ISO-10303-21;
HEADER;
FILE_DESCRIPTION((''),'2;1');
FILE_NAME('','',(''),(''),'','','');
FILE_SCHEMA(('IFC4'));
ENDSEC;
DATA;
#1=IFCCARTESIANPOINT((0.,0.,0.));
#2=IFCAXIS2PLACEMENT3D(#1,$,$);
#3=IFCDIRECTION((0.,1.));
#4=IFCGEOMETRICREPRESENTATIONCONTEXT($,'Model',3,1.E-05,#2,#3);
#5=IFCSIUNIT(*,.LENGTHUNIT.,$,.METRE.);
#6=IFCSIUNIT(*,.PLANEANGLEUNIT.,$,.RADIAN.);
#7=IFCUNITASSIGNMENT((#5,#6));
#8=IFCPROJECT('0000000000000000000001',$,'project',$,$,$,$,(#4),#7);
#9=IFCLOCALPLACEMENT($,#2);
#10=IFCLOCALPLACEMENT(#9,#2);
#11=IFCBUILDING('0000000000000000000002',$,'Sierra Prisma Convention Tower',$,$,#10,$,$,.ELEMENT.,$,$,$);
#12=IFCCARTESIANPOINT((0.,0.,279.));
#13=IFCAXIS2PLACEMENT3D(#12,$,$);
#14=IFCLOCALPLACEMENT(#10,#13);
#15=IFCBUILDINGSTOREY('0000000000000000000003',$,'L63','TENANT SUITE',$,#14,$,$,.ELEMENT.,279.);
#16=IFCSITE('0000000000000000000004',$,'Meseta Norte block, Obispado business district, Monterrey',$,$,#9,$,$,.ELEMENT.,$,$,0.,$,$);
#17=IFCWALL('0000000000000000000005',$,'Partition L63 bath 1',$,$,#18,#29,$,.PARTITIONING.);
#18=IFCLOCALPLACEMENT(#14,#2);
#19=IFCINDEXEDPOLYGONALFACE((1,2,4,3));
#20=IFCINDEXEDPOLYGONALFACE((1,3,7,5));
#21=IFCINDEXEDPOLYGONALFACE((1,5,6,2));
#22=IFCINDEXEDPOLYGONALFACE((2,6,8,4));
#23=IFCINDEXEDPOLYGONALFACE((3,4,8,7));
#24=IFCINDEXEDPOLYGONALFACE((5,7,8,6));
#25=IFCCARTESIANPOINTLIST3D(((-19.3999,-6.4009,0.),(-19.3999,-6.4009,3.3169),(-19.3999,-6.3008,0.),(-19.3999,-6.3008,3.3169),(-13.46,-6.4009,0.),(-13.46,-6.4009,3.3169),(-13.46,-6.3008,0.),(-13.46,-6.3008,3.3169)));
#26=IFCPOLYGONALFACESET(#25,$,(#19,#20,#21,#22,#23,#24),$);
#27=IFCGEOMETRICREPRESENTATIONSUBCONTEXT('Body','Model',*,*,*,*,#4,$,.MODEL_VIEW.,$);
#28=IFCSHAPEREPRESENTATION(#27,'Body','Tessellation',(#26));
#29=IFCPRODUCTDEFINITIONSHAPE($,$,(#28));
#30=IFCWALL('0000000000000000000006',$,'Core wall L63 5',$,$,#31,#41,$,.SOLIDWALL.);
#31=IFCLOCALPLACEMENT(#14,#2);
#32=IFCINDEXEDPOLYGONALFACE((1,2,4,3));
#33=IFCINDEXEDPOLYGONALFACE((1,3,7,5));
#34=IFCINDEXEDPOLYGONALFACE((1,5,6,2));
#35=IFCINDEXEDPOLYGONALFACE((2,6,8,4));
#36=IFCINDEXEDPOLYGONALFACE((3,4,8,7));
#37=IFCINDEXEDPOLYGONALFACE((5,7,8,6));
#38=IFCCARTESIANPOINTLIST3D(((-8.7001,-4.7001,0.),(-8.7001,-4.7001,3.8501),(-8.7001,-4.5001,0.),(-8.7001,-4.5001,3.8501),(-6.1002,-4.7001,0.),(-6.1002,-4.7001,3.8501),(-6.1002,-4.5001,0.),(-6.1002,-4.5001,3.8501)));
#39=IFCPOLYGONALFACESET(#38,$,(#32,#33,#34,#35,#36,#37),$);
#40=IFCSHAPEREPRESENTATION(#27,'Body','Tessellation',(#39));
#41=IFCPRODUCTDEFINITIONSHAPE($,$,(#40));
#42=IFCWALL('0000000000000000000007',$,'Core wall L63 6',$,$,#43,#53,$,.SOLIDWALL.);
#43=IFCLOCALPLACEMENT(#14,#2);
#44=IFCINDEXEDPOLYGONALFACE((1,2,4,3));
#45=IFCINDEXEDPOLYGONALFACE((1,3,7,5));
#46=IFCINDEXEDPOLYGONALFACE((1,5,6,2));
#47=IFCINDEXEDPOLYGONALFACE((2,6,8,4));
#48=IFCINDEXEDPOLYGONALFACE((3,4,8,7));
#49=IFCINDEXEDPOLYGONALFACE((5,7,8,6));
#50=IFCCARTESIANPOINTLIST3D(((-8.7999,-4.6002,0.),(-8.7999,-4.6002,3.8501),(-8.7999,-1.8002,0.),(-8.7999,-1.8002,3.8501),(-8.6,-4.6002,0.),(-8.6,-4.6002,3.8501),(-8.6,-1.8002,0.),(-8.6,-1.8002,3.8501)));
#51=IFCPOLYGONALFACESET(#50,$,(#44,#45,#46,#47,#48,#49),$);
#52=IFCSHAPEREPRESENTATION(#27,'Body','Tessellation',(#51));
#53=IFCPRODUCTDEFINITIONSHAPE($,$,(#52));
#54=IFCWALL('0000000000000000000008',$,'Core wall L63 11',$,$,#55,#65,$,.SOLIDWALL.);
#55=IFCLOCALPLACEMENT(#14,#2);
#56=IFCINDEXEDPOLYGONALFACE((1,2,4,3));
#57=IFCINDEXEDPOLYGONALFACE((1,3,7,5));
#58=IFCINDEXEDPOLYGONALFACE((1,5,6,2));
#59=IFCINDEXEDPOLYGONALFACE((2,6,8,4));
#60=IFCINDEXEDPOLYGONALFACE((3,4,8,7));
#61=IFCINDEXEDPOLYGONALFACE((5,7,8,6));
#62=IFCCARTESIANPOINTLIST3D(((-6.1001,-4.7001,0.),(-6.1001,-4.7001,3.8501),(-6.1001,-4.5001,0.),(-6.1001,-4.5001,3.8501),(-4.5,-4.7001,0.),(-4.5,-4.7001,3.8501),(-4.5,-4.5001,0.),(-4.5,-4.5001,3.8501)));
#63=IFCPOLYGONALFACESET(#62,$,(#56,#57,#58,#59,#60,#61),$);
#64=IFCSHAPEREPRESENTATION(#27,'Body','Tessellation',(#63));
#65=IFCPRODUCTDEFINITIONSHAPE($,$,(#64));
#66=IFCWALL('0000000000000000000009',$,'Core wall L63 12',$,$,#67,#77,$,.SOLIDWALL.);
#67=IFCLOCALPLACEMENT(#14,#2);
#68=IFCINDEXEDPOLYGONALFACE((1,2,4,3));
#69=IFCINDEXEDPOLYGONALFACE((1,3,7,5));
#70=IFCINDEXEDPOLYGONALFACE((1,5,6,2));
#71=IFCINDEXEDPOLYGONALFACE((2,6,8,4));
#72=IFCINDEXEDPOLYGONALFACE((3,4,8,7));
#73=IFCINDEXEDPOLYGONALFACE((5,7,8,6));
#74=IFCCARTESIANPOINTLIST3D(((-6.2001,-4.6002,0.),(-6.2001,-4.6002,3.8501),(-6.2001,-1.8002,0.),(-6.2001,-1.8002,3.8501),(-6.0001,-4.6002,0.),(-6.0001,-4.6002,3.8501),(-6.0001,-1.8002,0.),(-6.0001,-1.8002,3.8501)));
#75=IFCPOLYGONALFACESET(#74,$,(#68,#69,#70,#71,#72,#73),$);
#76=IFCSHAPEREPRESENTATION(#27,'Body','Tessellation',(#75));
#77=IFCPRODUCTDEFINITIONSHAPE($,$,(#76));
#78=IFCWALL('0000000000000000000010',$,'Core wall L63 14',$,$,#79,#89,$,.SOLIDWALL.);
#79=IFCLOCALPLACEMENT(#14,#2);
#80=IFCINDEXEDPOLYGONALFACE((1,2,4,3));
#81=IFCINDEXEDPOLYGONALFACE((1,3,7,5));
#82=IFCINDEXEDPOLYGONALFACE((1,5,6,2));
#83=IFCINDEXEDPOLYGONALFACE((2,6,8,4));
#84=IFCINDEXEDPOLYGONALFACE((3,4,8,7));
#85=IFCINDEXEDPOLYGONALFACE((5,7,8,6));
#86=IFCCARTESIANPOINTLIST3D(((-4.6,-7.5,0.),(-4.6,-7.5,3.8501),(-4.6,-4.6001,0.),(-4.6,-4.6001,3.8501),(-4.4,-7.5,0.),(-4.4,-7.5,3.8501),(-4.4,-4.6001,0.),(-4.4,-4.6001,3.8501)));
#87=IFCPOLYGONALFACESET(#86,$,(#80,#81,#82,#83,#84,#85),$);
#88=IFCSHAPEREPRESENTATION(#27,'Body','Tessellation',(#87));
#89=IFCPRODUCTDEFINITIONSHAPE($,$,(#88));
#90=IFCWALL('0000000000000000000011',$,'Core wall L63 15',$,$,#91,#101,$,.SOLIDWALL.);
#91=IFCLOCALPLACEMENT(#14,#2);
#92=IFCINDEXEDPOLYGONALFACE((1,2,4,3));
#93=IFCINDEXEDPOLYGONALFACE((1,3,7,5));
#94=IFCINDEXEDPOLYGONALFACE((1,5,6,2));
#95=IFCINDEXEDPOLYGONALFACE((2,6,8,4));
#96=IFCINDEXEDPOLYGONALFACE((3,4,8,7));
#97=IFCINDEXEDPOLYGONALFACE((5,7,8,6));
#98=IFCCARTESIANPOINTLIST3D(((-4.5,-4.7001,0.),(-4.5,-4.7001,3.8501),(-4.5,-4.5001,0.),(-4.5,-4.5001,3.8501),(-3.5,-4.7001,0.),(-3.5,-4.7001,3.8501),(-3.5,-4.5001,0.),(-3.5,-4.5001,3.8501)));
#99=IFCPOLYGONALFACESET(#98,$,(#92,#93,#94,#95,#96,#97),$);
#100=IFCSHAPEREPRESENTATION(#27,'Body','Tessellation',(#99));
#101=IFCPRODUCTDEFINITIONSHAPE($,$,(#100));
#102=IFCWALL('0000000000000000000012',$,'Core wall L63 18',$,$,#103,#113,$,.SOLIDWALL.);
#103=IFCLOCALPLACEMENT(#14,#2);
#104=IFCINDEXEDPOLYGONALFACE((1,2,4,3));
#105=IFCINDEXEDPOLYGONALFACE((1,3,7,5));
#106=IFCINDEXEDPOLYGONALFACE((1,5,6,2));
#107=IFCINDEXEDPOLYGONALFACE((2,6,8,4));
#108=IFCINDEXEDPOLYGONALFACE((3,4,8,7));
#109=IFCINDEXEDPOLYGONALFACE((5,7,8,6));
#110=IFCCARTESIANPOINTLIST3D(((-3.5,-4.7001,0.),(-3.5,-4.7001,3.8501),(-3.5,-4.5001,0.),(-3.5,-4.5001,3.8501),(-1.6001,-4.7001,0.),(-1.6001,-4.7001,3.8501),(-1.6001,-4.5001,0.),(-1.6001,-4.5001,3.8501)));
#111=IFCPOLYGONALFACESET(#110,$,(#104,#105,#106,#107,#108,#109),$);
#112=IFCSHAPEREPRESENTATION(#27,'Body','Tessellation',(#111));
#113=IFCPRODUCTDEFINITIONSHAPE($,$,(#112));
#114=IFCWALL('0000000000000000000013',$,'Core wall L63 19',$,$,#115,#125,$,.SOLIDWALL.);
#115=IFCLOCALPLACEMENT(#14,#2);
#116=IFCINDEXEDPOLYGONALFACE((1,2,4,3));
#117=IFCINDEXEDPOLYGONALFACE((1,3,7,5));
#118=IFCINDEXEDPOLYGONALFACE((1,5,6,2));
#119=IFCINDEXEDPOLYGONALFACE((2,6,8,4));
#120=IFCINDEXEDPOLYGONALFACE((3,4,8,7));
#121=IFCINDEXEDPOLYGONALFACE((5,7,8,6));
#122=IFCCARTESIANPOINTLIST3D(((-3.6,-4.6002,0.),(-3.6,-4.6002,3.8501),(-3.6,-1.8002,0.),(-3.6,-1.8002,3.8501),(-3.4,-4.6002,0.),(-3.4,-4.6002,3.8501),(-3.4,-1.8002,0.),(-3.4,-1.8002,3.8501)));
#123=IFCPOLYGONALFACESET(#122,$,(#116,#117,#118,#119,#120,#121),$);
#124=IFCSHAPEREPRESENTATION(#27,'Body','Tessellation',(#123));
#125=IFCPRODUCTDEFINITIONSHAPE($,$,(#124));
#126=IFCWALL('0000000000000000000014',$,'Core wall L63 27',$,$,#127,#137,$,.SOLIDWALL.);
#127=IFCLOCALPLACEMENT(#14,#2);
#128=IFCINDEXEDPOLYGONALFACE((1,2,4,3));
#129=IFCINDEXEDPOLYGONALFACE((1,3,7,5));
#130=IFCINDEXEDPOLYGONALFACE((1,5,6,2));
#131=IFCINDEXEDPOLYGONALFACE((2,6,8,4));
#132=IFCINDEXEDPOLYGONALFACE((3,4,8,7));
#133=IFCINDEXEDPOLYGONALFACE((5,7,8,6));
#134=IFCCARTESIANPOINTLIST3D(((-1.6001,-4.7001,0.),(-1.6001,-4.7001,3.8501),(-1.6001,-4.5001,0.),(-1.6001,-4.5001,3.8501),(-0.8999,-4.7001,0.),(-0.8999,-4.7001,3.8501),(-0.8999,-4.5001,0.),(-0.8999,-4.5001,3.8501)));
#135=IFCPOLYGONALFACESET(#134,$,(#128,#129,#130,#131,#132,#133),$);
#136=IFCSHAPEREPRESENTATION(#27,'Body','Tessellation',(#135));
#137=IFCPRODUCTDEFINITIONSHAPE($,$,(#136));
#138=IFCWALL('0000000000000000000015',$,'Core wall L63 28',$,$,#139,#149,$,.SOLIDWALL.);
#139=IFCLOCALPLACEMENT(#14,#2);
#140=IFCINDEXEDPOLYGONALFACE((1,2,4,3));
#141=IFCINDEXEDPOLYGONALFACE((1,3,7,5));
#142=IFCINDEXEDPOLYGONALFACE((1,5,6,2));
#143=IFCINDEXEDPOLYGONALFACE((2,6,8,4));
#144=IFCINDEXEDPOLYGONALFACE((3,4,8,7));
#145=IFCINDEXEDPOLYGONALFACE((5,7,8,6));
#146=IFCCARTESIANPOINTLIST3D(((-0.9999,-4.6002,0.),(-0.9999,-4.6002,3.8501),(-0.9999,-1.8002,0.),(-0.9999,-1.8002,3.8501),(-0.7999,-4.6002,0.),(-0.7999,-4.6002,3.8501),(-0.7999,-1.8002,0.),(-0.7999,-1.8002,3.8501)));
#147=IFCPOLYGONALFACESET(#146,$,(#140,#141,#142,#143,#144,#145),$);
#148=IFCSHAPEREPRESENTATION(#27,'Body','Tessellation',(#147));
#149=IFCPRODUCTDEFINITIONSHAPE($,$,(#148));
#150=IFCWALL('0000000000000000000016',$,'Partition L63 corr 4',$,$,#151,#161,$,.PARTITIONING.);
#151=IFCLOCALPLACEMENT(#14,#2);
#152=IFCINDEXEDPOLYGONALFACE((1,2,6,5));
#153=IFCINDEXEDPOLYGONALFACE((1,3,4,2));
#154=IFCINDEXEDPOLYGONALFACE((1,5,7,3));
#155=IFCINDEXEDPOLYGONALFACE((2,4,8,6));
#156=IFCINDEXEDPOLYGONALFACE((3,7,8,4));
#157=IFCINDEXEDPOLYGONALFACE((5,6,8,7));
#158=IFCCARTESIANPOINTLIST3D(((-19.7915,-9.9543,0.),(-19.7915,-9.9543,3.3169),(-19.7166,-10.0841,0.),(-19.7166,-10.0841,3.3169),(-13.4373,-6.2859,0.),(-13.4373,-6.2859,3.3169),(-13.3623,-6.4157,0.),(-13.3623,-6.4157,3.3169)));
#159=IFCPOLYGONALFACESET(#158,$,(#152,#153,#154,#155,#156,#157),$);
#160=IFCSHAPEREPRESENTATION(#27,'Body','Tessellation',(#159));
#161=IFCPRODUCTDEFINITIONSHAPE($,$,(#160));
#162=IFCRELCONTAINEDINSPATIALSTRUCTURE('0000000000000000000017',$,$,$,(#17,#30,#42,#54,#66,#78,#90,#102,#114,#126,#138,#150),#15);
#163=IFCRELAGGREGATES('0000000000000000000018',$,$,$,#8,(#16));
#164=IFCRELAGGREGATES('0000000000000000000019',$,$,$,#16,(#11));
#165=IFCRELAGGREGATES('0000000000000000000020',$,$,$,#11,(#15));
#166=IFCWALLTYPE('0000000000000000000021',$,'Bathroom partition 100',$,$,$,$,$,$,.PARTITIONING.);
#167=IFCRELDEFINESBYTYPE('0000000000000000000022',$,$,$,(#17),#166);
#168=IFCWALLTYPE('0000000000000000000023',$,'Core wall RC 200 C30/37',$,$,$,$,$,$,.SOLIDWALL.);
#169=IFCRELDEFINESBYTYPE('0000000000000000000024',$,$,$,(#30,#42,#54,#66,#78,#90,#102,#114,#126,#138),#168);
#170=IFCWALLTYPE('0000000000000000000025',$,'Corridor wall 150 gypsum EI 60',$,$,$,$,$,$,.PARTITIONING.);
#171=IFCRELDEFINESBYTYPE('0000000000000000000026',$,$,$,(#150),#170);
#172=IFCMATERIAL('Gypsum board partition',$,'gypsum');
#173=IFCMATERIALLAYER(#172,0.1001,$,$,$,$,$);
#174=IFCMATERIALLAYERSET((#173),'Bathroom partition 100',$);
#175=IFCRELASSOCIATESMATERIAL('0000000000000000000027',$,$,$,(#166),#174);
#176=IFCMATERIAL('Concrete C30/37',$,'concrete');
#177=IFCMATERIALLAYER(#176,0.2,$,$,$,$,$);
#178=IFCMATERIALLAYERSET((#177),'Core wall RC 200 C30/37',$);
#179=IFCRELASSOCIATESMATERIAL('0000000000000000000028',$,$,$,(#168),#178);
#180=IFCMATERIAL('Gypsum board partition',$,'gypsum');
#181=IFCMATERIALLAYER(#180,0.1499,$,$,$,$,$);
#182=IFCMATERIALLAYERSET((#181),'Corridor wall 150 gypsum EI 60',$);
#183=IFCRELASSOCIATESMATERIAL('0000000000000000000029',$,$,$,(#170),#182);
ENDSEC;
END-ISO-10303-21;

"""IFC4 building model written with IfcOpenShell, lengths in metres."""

from ifc_helpers import new_model, si_unit, direction, frame, frame_2d, origin, place, context, subcontext, project, spatial, rectangle, extrude, material, layer, layer_set, type_object, element, save


model = new_model("IFC4")

# Units and contexts
model_context = context("Model", 3, precision=1e-05, world=origin(), true_north=direction((0.0, 1.0)))
body_context = subcontext(model_context, "Body", "Model", "MODEL_VIEW")
ifc_project = project(units=[si_unit("LENGTHUNIT", "METRE"), si_unit("PLANEANGLEUNIT", "RADIAN")], contexts=[model_context])

# Site, building, storey
site_placement = place(None, origin())
site = spatial("IfcSite", under=ifc_project, at=site_placement, Name="Meseta Norte block, Obispado business district, Monterrey", CompositionType="ELEMENT", RefElevation=0.0)
building_placement = place(site_placement, origin())
building = spatial("IfcBuilding", under=site, at=building_placement, Name="Sierra Prisma Convention Tower", CompositionType="ELEMENT")
storey_placement = place(building_placement, frame((0.0, 0.0, 279.0)))
storey = spatial("IfcBuildingStorey", under=building, at=storey_placement, Name="L63", Description="TENANT SUITE", CompositionType="ELEMENT", Elevation=279.0)

# Wall
ifc_material_1 = material(Name="Gypsum board partition", Category="gypsum")
ifc_layer_1 = layer(ifc_material_1, 0.1001)
ifc_layer_set_1 = layer_set([ifc_layer_1], Name="Bathroom partition 100")
wall_type_1 = type_object("IfcWallType", Name="Bathroom partition 100", PredefinedType="PARTITIONING", material=ifc_layer_set_1)
wall_1_placement = place(storey_placement, frame((-13.46, -6.3508, 0.0), z_axis=(0.0, 0.0, 1.0), x_axis=(-1.0, 0.0, 0.0)))
element("IfcWall", 1, at=wall_1_placement, inside=storey, type_object=wall_type_1, Name="Partition L63 bath 1", PredefinedType="PARTITIONING", context=body_context, shape_type="SweptSolid", body=[
    extrude(rectangle(XDim=5.9399, YDim=0.1001, at=frame_2d((2.97, 0.0))), origin(), (0.0, 0.0, 1.0), 3.3169),
])

# Shared definitions
ifc_material_2 = material(Name="Concrete C30/37", Category="concrete")
ifc_layer_2 = layer(ifc_material_2, 0.2)
ifc_layer_set_2 = layer_set([ifc_layer_2], Name="Core wall RC 200 C30/37")
wall_type_2 = type_object("IfcWallType", Name="Core wall RC 200 C30/37", PredefinedType="SOLIDWALL", material=ifc_layer_set_2)

# Walls
wall_2_placement = place(storey_placement, frame((-8.7, -4.6001, 0.0), z_axis=(0.0, 0.0, 1.0), x_axis=(1.0, 0.0, 0.0)))
element("IfcWall", 2, at=wall_2_placement, inside=storey, type_object=wall_type_2, Name="Core wall L63 5", PredefinedType="SOLIDWALL", context=body_context, shape_type="SweptSolid", body=[
    extrude(rectangle(XDim=2.5999, YDim=0.2, at=frame_2d((1.2998, 0.0))), origin(), (0.0, 0.0, 1.0), 3.8501),
])
wall_3_placement = place(storey_placement, frame((-8.7, -4.6001, 0.0), z_axis=(0.0, 0.0, 1.0), x_axis=(0.0, 1.0, 0.0)))
element("IfcWall", 3, at=wall_3_placement, inside=storey, type_object=wall_type_2, Name="Core wall L63 6", PredefinedType="SOLIDWALL", context=body_context, shape_type="SweptSolid", body=[
    extrude(rectangle(XDim=2.8, YDim=0.2, at=frame_2d((1.3999, 0.0))), origin(), (0.0, 0.0, 1.0), 3.8501),
])

# Walls
wall_4_placement = place(storey_placement, frame((-6.1001, -4.6001, 0.0), z_axis=(0.0, 0.0, 1.0), x_axis=(1.0, 0.0, 0.0)))
element("IfcWall", 4, at=wall_4_placement, inside=storey, type_object=wall_type_2, Name="Core wall L63 11", PredefinedType="SOLIDWALL", context=body_context, shape_type="SweptSolid", body=[
    extrude(rectangle(XDim=1.6001, YDim=0.2, at=frame_2d((0.8, 0.0))), origin(), (0.0, 0.0, 1.0), 3.8501),
])
wall_5_placement = place(storey_placement, frame((-6.1001, -4.6001, 0.0), z_axis=(0.0, 0.0, 1.0), x_axis=(0.0, 1.0, 0.0)))
element("IfcWall", 5, at=wall_5_placement, inside=storey, type_object=wall_type_2, Name="Core wall L63 12", PredefinedType="SOLIDWALL", context=body_context, shape_type="SweptSolid", body=[
    extrude(rectangle(XDim=2.8, YDim=0.2, at=frame_2d((1.3999, 0.0))), origin(), (0.0, 0.0, 1.0), 3.8501),
])

# Walls
wall_6_placement = place(storey_placement, frame((-4.5, -4.6001, 0.0), z_axis=(0.0, 0.0, 1.0), x_axis=(0.0, -1.0, 0.0)))
element("IfcWall", 6, at=wall_6_placement, inside=storey, type_object=wall_type_2, Name="Core wall L63 14", PredefinedType="SOLIDWALL", context=body_context, shape_type="SweptSolid", body=[
    extrude(rectangle(XDim=2.8999, YDim=0.2, at=frame_2d((1.45, 0.0))), origin(), (0.0, 0.0, 1.0), 3.8501),
])
wall_7_placement = place(storey_placement, frame((-4.5, -4.6001, 0.0), z_axis=(0.0, 0.0, 1.0), x_axis=(1.0, 0.0, 0.0)))
element("IfcWall", 7, at=wall_7_placement, inside=storey, type_object=wall_type_2, Name="Core wall L63 15", PredefinedType="SOLIDWALL", context=body_context, shape_type="SweptSolid", body=[
    extrude(rectangle(XDim=1.0, YDim=0.2, at=frame_2d((0.5, 0.0))), origin(), (0.0, 0.0, 1.0), 3.8501),
])
wall_8_placement = place(storey_placement, frame((-3.5, -4.6001, 0.0), z_axis=(0.0, 0.0, 1.0), x_axis=(1.0, 0.0, 0.0)))
element("IfcWall", 8, at=wall_8_placement, inside=storey, type_object=wall_type_2, Name="Core wall L63 18", PredefinedType="SOLIDWALL", context=body_context, shape_type="SweptSolid", body=[
    extrude(rectangle(XDim=1.8999, YDim=0.2, at=frame_2d((0.95, 0.0))), origin(), (0.0, 0.0, 1.0), 3.8501),
])
wall_9_placement = place(storey_placement, frame((-3.5, -4.6001, 0.0), z_axis=(0.0, 0.0, 1.0), x_axis=(0.0, 1.0, 0.0)))
element("IfcWall", 9, at=wall_9_placement, inside=storey, type_object=wall_type_2, Name="Core wall L63 19", PredefinedType="SOLIDWALL", context=body_context, shape_type="SweptSolid", body=[
    extrude(rectangle(XDim=2.8, YDim=0.2, at=frame_2d((1.3999, 0.0))), origin(), (0.0, 0.0, 1.0), 3.8501),
])
wall_10_placement = place(storey_placement, frame((-1.6001, -4.6001, 0.0), z_axis=(0.0, 0.0, 1.0), x_axis=(1.0, 0.0, 0.0)))
element("IfcWall", 10, at=wall_10_placement, inside=storey, type_object=wall_type_2, Name="Core wall L63 27", PredefinedType="SOLIDWALL", context=body_context, shape_type="SweptSolid", body=[
    extrude(rectangle(XDim=0.7002, YDim=0.2, at=frame_2d((0.3501, 0.0))), origin(), (0.0, 0.0, 1.0), 3.8501),
])
wall_11_placement = place(storey_placement, frame((-0.8999, -4.6001, 0.0), z_axis=(0.0, 0.0, 1.0), x_axis=(0.0, 1.0, 0.0)))
element("IfcWall", 11, at=wall_11_placement, inside=storey, type_object=wall_type_2, Name="Core wall L63 28", PredefinedType="SOLIDWALL", context=body_context, shape_type="SweptSolid", body=[
    extrude(rectangle(XDim=2.8, YDim=0.2, at=frame_2d((1.3999, 0.0))), origin(), (0.0, 0.0, 1.0), 3.8501),
])
ifc_material_3 = material(Name="Gypsum board partition", Category="gypsum")
ifc_layer_3 = layer(ifc_material_3, 0.1499)
ifc_layer_set_3 = layer_set([ifc_layer_3], Name="Corridor wall 150 gypsum EI 60")
wall_type_3 = type_object("IfcWallType", Name="Corridor wall 150 gypsum EI 60", PredefinedType="PARTITIONING", material=ifc_layer_set_3)
wall_12_placement = place(storey_placement, frame((-13.3999, -6.3508, 0.0), z_axis=(0.0, 0.0, 1.0), x_axis=(-0.866035, -0.499983, 0.0)))
element("IfcWall", 12, at=wall_12_placement, inside=storey, type_object=wall_type_3, Name="Partition L63 corr 4", PredefinedType="PARTITIONING", context=body_context, shape_type="SweptSolid", body=[
    extrude(rectangle(XDim=7.3372, YDim=0.1499, at=frame_2d((3.6685, 0.0))), origin(), (0.0, 0.0, 1.0), 3.3169),
])

save(model, "model.ifc")
